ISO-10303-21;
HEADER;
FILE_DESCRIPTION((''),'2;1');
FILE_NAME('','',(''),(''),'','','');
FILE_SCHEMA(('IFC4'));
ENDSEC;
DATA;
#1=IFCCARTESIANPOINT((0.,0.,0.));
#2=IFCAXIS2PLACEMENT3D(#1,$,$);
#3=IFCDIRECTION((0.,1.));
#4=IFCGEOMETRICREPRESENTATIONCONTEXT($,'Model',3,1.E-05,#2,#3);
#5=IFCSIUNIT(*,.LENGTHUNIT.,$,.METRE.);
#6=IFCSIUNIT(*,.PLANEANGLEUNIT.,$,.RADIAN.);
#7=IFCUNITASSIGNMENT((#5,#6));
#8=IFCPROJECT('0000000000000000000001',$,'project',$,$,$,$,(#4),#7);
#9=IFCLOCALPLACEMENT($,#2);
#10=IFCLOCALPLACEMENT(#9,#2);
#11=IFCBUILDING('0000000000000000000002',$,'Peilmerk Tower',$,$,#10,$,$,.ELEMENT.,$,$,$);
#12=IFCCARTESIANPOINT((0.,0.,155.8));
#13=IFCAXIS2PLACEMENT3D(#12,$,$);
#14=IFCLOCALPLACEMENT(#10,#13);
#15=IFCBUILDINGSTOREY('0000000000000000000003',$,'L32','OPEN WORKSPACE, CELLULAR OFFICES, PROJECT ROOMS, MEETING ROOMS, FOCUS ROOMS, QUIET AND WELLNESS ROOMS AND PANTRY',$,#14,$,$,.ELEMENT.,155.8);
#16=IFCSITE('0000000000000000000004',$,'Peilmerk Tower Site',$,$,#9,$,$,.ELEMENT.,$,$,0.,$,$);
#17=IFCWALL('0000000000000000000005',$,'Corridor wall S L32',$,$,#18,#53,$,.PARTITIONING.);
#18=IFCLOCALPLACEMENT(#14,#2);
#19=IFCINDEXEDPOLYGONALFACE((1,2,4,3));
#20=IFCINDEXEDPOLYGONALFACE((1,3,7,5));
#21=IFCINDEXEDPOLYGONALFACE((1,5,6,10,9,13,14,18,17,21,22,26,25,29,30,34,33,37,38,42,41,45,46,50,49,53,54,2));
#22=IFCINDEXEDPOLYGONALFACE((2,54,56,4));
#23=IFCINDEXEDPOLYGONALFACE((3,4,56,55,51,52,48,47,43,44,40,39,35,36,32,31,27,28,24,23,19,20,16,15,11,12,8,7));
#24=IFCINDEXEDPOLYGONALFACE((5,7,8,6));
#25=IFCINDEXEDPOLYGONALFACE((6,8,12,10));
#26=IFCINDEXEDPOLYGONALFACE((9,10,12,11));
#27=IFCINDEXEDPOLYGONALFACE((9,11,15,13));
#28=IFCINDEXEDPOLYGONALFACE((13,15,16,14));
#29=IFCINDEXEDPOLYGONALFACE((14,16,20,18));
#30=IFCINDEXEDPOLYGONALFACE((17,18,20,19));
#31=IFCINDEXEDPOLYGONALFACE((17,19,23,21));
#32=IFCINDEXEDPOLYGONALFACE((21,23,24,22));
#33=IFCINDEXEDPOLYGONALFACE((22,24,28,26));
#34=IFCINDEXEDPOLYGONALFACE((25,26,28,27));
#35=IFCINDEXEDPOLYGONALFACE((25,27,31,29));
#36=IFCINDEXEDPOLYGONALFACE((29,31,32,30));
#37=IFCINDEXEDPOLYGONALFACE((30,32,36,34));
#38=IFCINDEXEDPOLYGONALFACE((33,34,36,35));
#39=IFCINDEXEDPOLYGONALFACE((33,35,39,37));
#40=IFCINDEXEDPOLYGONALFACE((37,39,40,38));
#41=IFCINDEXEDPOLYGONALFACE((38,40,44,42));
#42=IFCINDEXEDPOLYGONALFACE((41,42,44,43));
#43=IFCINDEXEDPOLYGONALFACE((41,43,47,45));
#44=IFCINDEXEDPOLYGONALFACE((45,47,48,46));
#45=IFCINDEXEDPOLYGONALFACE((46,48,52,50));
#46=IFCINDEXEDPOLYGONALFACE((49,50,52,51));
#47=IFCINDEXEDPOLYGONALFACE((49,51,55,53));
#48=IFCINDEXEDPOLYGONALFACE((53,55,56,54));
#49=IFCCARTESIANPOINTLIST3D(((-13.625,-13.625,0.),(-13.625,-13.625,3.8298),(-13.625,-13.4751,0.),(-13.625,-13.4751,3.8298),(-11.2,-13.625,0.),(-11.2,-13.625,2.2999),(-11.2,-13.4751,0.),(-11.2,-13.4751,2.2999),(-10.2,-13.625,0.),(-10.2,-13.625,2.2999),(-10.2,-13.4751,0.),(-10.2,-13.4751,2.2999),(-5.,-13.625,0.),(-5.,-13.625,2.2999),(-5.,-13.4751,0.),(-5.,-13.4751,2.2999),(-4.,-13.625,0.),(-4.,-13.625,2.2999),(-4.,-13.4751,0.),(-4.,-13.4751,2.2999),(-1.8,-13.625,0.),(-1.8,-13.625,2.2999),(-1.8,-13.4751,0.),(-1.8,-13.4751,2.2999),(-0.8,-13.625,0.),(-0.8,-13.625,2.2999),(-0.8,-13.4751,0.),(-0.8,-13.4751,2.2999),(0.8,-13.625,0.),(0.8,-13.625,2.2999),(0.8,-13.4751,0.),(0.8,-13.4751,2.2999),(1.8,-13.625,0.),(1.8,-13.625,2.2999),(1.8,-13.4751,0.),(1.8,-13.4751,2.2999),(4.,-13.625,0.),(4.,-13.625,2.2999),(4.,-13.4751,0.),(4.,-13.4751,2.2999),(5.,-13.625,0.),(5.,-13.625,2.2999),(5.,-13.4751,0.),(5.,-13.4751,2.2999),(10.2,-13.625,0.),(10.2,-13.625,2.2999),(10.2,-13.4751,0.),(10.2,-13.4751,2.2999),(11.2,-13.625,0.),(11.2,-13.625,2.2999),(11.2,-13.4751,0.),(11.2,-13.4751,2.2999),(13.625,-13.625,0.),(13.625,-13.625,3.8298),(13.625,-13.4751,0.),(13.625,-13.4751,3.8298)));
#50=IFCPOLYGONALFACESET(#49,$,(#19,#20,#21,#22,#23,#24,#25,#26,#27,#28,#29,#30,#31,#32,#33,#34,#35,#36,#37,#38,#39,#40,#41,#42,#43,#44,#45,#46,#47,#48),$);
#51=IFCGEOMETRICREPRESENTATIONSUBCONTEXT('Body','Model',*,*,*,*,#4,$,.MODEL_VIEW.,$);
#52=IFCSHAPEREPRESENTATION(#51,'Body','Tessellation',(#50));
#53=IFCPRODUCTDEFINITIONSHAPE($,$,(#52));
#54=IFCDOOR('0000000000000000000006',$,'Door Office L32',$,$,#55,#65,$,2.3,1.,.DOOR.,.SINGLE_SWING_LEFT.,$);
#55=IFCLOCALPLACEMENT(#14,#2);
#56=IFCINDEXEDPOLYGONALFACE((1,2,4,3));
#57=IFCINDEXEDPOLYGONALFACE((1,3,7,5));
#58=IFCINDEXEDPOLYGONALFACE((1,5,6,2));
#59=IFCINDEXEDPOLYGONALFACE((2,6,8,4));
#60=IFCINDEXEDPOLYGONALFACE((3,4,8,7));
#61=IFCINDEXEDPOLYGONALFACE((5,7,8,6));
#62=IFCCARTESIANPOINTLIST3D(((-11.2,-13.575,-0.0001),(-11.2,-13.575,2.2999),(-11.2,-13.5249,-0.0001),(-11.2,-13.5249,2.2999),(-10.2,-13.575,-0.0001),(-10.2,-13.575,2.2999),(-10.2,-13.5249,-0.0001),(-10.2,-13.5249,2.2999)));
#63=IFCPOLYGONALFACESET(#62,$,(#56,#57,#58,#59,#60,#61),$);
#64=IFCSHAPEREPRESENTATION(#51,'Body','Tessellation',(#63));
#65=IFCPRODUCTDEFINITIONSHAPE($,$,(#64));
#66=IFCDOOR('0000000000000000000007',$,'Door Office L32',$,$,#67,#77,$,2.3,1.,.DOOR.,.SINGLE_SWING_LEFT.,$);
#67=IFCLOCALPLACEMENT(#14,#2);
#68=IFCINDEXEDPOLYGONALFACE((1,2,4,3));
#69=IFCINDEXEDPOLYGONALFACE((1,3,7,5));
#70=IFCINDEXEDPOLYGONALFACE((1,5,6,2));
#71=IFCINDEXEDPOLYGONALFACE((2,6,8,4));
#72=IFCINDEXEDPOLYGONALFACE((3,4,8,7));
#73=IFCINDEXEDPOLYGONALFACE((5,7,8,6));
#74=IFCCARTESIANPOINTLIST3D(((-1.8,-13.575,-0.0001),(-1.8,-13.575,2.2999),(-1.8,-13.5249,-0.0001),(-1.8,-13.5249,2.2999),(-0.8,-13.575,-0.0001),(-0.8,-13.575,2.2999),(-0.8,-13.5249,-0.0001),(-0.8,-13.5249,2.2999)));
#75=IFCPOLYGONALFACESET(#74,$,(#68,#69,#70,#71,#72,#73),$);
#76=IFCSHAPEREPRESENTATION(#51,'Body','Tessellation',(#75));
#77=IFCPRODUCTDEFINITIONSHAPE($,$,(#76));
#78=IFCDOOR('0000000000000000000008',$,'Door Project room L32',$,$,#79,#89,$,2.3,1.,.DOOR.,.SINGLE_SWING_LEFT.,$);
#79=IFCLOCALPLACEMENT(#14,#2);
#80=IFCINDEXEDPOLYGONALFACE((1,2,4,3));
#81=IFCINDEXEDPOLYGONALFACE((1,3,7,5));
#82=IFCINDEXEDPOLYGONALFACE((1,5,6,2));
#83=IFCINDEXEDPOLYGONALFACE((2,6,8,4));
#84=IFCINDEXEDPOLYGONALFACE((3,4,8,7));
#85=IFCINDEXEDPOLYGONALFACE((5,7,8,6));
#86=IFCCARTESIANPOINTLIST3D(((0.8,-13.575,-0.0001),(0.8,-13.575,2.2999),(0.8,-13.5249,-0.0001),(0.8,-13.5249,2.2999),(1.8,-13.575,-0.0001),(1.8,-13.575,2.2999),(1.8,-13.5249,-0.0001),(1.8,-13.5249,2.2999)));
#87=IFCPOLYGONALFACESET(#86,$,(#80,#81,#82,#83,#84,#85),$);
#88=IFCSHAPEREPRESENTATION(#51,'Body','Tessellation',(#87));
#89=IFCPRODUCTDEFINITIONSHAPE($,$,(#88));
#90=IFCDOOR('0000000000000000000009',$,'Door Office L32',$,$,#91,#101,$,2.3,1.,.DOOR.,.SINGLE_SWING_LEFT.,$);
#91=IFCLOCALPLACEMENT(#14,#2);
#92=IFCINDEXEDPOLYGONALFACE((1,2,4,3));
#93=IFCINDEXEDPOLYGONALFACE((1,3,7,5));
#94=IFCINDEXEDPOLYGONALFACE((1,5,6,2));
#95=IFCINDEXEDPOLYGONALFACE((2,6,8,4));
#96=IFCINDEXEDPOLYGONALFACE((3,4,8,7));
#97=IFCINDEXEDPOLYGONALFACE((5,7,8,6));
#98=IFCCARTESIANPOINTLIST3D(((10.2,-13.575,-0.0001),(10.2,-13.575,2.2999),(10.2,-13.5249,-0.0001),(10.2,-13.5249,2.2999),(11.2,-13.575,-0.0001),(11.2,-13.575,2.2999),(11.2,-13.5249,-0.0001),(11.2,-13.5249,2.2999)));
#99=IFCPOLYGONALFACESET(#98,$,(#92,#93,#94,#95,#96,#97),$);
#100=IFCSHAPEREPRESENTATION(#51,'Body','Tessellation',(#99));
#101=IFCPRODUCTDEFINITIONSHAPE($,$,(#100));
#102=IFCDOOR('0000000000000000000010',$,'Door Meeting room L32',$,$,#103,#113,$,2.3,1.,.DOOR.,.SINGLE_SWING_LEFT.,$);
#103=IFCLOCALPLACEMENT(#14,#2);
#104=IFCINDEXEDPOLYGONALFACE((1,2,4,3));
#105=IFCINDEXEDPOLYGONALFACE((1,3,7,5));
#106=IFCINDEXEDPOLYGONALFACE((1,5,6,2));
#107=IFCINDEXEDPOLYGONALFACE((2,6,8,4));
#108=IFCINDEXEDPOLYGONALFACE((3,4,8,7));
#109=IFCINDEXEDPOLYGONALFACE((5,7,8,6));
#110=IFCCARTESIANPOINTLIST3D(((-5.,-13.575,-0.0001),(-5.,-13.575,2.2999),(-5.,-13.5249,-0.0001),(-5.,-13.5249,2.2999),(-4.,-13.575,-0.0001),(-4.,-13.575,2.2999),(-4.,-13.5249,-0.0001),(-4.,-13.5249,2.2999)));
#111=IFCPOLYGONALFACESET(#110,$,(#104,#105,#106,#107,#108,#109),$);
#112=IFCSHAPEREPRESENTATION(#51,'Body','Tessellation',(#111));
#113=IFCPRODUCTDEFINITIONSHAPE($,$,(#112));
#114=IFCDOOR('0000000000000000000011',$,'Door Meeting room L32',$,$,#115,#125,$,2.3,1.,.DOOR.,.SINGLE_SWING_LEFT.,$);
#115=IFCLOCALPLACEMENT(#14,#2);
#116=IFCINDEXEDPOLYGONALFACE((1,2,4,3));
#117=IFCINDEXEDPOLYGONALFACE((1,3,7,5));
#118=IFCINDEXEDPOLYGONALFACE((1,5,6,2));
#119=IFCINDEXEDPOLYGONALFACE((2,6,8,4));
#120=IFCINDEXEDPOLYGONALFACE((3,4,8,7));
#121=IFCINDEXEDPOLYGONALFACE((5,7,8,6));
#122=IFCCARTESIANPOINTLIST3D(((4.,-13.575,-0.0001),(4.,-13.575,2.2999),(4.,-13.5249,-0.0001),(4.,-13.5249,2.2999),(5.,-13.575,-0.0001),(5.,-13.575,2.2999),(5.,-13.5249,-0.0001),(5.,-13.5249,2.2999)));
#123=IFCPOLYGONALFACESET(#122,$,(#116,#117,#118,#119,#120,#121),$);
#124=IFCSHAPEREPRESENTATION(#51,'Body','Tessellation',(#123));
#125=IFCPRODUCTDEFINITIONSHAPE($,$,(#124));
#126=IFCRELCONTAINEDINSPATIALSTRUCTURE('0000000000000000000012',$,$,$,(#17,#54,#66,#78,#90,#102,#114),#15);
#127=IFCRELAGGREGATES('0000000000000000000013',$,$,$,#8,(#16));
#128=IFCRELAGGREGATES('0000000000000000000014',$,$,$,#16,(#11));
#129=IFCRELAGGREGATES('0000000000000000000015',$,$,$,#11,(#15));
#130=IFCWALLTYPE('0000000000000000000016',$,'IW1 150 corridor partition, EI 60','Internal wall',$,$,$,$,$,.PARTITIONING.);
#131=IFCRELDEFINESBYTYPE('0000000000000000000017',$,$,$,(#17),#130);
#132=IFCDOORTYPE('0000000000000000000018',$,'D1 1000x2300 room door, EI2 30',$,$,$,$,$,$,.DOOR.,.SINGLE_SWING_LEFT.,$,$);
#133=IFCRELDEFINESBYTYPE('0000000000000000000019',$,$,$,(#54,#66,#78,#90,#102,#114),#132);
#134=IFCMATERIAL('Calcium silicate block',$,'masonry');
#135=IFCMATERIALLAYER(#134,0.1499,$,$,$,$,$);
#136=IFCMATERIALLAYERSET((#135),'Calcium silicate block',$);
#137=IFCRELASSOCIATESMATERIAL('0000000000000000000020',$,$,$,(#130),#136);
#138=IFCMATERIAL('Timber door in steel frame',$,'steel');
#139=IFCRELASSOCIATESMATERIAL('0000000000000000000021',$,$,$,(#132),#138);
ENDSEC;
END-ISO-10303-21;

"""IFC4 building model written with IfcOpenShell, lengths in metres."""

from ifc_helpers import new_model, si_unit, direction, frame, frame_2d, origin, place, context, subcontext, project, spatial, rectangle, extrude, material, layer, layer_set, type_object, element, fill, save


model = new_model("IFC4")

# Units and contexts
model_context = context("Model", 3, precision=1e-05, world=origin(), true_north=direction((0.0, 1.0)))
body_context = subcontext(model_context, "Body", "Model", "MODEL_VIEW")
ifc_project = project(units=[si_unit("LENGTHUNIT", "METRE"), si_unit("PLANEANGLEUNIT", "RADIAN")], contexts=[model_context])

# Site, building, storey
site_placement = place(None, origin())
site = spatial("IfcSite", under=ifc_project, at=site_placement, Name="Peilmerk Tower Site", CompositionType="ELEMENT", RefElevation=0.0)
building_placement = place(site_placement, origin())
building = spatial("IfcBuilding", under=site, at=building_placement, Name="Peilmerk Tower", CompositionType="ELEMENT")
storey_placement = place(building_placement, frame((0.0, 0.0, 155.8)))
storey = spatial("IfcBuildingStorey", under=building, at=storey_placement, Name="L32", Description="OPEN WORKSPACE, CELLULAR OFFICES, PROJECT ROOMS, MEETING ROOMS, FOCUS ROOMS, QUIET AND WELLNESS ROOMS AND PANTRY", CompositionType="ELEMENT", Elevation=155.8)

# Wall, openings, doors
ifc_material_1 = material(Name="Calcium silicate block", Category="masonry")
ifc_layer_1 = layer(ifc_material_1, 0.1499)
ifc_layer_set_1 = layer_set([ifc_layer_1], Name="Calcium silicate block")
wall_type_1 = type_object("IfcWallType", Name="IW1 150 corridor partition, EI 60", Description="Internal wall", PredefinedType="PARTITIONING", material=ifc_layer_set_1)
wall_1_placement = place(storey_placement, frame((13.625, -13.55, 0.0), z_axis=(0.0, 0.0, 1.0), x_axis=(-1.0, 0.0, 0.0)))
wall_1 = element("IfcWall", 1, at=wall_1_placement, inside=storey, type_object=wall_type_1, Name="Corridor wall S L32", PredefinedType="PARTITIONING", context=body_context, shape_type="SweptSolid", body=[
    extrude(rectangle(XDim=27.25, YDim=0.1499, at=frame_2d((13.625, 0.0))), origin(), (0.0, 0.0, 1.0), 3.8298),
])
opening_1_placement = place(wall_1_placement, frame((23.825, 0.0, 0.0)))
opening_1 = element("IfcOpeningElement", 2, at=opening_1_placement, cuts=wall_1, PredefinedType="OPENING", context=body_context, shape_type="SweptSolid", body=[
    extrude(rectangle(XDim=1.0, YDim=2.3, at=frame_2d((0.5, 1.1499))), frame((0.0, 0.085, 0.0), z_axis=(0.0, -1.0, 0.0), x_axis=(1.0, 0.0, 0.0)), (0.0, 0.0, 1.0), 0.1699),
])
opening_2_placement = place(wall_1_placement, frame((14.425, 0.0, 0.0)))
opening_2 = element("IfcOpeningElement", 3, at=opening_2_placement, cuts=wall_1, PredefinedType="OPENING", context=body_context, shape_type="SweptSolid", body=[
    extrude(rectangle(XDim=1.0, YDim=2.3, at=frame_2d((0.5, 1.1499))), frame((0.0, 0.085, 0.0), z_axis=(0.0, -1.0, 0.0), x_axis=(1.0, 0.0, 0.0)), (0.0, 0.0, 1.0), 0.1699),
])
opening_3_placement = place(wall_1_placement, frame((11.825, 0.0, 0.0)))
opening_3 = element("IfcOpeningElement", 4, at=opening_3_placement, cuts=wall_1, PredefinedType="OPENING", context=body_context, shape_type="SweptSolid", body=[
    extrude(rectangle(XDim=1.0, YDim=2.3, at=frame_2d((0.5, 1.1499))), frame((0.0, 0.085, 0.0), z_axis=(0.0, -1.0, 0.0), x_axis=(1.0, 0.0, 0.0)), (0.0, 0.0, 1.0), 0.1699),
])
opening_4_placement = place(wall_1_placement, frame((2.425, 0.0, 0.0)))
opening_4 = element("IfcOpeningElement", 5, at=opening_4_placement, cuts=wall_1, PredefinedType="OPENING", context=body_context, shape_type="SweptSolid", body=[
    extrude(rectangle(XDim=1.0, YDim=2.3, at=frame_2d((0.5, 1.1499))), frame((0.0, 0.085, 0.0), z_axis=(0.0, -1.0, 0.0), x_axis=(1.0, 0.0, 0.0)), (0.0, 0.0, 1.0), 0.1699),
])
opening_5_placement = place(wall_1_placement, frame((17.625, 0.0, 0.0)))
opening_5 = element("IfcOpeningElement", 6, at=opening_5_placement, cuts=wall_1, PredefinedType="OPENING", context=body_context, shape_type="SweptSolid", body=[
    extrude(rectangle(XDim=1.0, YDim=2.3, at=frame_2d((0.5, 1.1499))), frame((0.0, 0.085, 0.0), z_axis=(0.0, -1.0, 0.0), x_axis=(1.0, 0.0, 0.0)), (0.0, 0.0, 1.0), 0.1699),
])
opening_6_placement = place(wall_1_placement, frame((8.625, 0.0, 0.0)))
opening_6 = element("IfcOpeningElement", 7, at=opening_6_placement, cuts=wall_1, PredefinedType="OPENING", context=body_context, shape_type="SweptSolid", body=[
    extrude(rectangle(XDim=1.0, YDim=2.3, at=frame_2d((0.5, 1.1499))), frame((0.0, 0.085, 0.0), z_axis=(0.0, -1.0, 0.0), x_axis=(1.0, 0.0, 0.0)), (0.0, 0.0, 1.0), 0.1699),
])
ifc_material_2 = material(Name="Timber door in steel frame", Category="steel")
door_type = type_object("IfcDoorType", Name="D1 1000x2300 room door, EI2 30", OperationType="SINGLE_SWING_LEFT", PredefinedType="DOOR", material=ifc_material_2)
door_1_placement = place(opening_1_placement, origin())
door_1 = element("IfcDoor", 8, at=door_1_placement, inside=storey, type_object=door_type, Name="Door Office L32", OperationType="SINGLE_SWING_LEFT", OverallHeight=2.3, OverallWidth=1.0, PredefinedType="DOOR", context=body_context, shape_type="SweptSolid", body=[
    extrude(rectangle(XDim=1.0, YDim=2.3, at=frame_2d((0.5, 1.1499))), frame((0.0, 0.0249, 0.0), z_axis=(0.0, -1.0, 0.0), x_axis=(1.0, 0.0, 0.0)), (0.0, 0.0, 1.0), 0.05),
])
fill(opening_1, door_1)
door_2_placement = place(opening_2_placement, origin())
door_2 = element("IfcDoor", 9, at=door_2_placement, inside=storey, type_object=door_type, Name="Door Office L32", OperationType="SINGLE_SWING_LEFT", OverallHeight=2.3, OverallWidth=1.0, PredefinedType="DOOR", context=body_context, shape_type="SweptSolid", body=[
    extrude(rectangle(XDim=1.0, YDim=2.3, at=frame_2d((0.5, 1.1499))), frame((0.0, 0.0249, 0.0), z_axis=(0.0, -1.0, 0.0), x_axis=(1.0, 0.0, 0.0)), (0.0, 0.0, 1.0), 0.05),
])
fill(opening_2, door_2)
door_3_placement = place(opening_3_placement, origin())
door_3 = element("IfcDoor", 10, at=door_3_placement, inside=storey, type_object=door_type, Name="Door Project room L32", OperationType="SINGLE_SWING_LEFT", OverallHeight=2.3, OverallWidth=1.0, PredefinedType="DOOR", context=body_context, shape_type="SweptSolid", body=[
    extrude(rectangle(XDim=1.0, YDim=2.3, at=frame_2d((0.5, 1.1499))), frame((0.0, 0.0249, 0.0), z_axis=(0.0, -1.0, 0.0), x_axis=(1.0, 0.0, 0.0)), (0.0, 0.0, 1.0), 0.05),
])
fill(opening_3, door_3)
door_4_placement = place(opening_4_placement, origin())
door_4 = element("IfcDoor", 11, at=door_4_placement, inside=storey, type_object=door_type, Name="Door Office L32", OperationType="SINGLE_SWING_LEFT", OverallHeight=2.3, OverallWidth=1.0, PredefinedType="DOOR", context=body_context, shape_type="SweptSolid", body=[
    extrude(rectangle(XDim=1.0, YDim=2.3, at=frame_2d((0.5, 1.1499))), frame((0.0, 0.0249, 0.0), z_axis=(0.0, -1.0, 0.0), x_axis=(1.0, 0.0, 0.0)), (0.0, 0.0, 1.0), 0.05),
])
fill(opening_4, door_4)
door_5_placement = place(opening_5_placement, origin())
door_5 = element("IfcDoor", 12, at=door_5_placement, inside=storey, type_object=door_type, Name="Door Meeting room L32", OperationType="SINGLE_SWING_LEFT", OverallHeight=2.3, OverallWidth=1.0, PredefinedType="DOOR", context=body_context, shape_type="SweptSolid", body=[
    extrude(rectangle(XDim=1.0, YDim=2.3, at=frame_2d((0.5, 1.1499))), frame((0.0, 0.0249, 0.0), z_axis=(0.0, -1.0, 0.0), x_axis=(1.0, 0.0, 0.0)), (0.0, 0.0, 1.0), 0.05),
])
fill(opening_5, door_5)
door_6_placement = place(opening_6_placement, origin())
door_6 = element("IfcDoor", 13, at=door_6_placement, inside=storey, type_object=door_type, Name="Door Meeting room L32", OperationType="SINGLE_SWING_LEFT", OverallHeight=2.3, OverallWidth=1.0, PredefinedType="DOOR", context=body_context, shape_type="SweptSolid", body=[
    extrude(rectangle(XDim=1.0, YDim=2.3, at=frame_2d((0.5, 1.1499))), frame((0.0, 0.0249, 0.0), z_axis=(0.0, -1.0, 0.0), x_axis=(1.0, 0.0, 0.0)), (0.0, 0.0, 1.0), 0.05),
])
fill(opening_6, door_6)

save(model, "model.ifc")
